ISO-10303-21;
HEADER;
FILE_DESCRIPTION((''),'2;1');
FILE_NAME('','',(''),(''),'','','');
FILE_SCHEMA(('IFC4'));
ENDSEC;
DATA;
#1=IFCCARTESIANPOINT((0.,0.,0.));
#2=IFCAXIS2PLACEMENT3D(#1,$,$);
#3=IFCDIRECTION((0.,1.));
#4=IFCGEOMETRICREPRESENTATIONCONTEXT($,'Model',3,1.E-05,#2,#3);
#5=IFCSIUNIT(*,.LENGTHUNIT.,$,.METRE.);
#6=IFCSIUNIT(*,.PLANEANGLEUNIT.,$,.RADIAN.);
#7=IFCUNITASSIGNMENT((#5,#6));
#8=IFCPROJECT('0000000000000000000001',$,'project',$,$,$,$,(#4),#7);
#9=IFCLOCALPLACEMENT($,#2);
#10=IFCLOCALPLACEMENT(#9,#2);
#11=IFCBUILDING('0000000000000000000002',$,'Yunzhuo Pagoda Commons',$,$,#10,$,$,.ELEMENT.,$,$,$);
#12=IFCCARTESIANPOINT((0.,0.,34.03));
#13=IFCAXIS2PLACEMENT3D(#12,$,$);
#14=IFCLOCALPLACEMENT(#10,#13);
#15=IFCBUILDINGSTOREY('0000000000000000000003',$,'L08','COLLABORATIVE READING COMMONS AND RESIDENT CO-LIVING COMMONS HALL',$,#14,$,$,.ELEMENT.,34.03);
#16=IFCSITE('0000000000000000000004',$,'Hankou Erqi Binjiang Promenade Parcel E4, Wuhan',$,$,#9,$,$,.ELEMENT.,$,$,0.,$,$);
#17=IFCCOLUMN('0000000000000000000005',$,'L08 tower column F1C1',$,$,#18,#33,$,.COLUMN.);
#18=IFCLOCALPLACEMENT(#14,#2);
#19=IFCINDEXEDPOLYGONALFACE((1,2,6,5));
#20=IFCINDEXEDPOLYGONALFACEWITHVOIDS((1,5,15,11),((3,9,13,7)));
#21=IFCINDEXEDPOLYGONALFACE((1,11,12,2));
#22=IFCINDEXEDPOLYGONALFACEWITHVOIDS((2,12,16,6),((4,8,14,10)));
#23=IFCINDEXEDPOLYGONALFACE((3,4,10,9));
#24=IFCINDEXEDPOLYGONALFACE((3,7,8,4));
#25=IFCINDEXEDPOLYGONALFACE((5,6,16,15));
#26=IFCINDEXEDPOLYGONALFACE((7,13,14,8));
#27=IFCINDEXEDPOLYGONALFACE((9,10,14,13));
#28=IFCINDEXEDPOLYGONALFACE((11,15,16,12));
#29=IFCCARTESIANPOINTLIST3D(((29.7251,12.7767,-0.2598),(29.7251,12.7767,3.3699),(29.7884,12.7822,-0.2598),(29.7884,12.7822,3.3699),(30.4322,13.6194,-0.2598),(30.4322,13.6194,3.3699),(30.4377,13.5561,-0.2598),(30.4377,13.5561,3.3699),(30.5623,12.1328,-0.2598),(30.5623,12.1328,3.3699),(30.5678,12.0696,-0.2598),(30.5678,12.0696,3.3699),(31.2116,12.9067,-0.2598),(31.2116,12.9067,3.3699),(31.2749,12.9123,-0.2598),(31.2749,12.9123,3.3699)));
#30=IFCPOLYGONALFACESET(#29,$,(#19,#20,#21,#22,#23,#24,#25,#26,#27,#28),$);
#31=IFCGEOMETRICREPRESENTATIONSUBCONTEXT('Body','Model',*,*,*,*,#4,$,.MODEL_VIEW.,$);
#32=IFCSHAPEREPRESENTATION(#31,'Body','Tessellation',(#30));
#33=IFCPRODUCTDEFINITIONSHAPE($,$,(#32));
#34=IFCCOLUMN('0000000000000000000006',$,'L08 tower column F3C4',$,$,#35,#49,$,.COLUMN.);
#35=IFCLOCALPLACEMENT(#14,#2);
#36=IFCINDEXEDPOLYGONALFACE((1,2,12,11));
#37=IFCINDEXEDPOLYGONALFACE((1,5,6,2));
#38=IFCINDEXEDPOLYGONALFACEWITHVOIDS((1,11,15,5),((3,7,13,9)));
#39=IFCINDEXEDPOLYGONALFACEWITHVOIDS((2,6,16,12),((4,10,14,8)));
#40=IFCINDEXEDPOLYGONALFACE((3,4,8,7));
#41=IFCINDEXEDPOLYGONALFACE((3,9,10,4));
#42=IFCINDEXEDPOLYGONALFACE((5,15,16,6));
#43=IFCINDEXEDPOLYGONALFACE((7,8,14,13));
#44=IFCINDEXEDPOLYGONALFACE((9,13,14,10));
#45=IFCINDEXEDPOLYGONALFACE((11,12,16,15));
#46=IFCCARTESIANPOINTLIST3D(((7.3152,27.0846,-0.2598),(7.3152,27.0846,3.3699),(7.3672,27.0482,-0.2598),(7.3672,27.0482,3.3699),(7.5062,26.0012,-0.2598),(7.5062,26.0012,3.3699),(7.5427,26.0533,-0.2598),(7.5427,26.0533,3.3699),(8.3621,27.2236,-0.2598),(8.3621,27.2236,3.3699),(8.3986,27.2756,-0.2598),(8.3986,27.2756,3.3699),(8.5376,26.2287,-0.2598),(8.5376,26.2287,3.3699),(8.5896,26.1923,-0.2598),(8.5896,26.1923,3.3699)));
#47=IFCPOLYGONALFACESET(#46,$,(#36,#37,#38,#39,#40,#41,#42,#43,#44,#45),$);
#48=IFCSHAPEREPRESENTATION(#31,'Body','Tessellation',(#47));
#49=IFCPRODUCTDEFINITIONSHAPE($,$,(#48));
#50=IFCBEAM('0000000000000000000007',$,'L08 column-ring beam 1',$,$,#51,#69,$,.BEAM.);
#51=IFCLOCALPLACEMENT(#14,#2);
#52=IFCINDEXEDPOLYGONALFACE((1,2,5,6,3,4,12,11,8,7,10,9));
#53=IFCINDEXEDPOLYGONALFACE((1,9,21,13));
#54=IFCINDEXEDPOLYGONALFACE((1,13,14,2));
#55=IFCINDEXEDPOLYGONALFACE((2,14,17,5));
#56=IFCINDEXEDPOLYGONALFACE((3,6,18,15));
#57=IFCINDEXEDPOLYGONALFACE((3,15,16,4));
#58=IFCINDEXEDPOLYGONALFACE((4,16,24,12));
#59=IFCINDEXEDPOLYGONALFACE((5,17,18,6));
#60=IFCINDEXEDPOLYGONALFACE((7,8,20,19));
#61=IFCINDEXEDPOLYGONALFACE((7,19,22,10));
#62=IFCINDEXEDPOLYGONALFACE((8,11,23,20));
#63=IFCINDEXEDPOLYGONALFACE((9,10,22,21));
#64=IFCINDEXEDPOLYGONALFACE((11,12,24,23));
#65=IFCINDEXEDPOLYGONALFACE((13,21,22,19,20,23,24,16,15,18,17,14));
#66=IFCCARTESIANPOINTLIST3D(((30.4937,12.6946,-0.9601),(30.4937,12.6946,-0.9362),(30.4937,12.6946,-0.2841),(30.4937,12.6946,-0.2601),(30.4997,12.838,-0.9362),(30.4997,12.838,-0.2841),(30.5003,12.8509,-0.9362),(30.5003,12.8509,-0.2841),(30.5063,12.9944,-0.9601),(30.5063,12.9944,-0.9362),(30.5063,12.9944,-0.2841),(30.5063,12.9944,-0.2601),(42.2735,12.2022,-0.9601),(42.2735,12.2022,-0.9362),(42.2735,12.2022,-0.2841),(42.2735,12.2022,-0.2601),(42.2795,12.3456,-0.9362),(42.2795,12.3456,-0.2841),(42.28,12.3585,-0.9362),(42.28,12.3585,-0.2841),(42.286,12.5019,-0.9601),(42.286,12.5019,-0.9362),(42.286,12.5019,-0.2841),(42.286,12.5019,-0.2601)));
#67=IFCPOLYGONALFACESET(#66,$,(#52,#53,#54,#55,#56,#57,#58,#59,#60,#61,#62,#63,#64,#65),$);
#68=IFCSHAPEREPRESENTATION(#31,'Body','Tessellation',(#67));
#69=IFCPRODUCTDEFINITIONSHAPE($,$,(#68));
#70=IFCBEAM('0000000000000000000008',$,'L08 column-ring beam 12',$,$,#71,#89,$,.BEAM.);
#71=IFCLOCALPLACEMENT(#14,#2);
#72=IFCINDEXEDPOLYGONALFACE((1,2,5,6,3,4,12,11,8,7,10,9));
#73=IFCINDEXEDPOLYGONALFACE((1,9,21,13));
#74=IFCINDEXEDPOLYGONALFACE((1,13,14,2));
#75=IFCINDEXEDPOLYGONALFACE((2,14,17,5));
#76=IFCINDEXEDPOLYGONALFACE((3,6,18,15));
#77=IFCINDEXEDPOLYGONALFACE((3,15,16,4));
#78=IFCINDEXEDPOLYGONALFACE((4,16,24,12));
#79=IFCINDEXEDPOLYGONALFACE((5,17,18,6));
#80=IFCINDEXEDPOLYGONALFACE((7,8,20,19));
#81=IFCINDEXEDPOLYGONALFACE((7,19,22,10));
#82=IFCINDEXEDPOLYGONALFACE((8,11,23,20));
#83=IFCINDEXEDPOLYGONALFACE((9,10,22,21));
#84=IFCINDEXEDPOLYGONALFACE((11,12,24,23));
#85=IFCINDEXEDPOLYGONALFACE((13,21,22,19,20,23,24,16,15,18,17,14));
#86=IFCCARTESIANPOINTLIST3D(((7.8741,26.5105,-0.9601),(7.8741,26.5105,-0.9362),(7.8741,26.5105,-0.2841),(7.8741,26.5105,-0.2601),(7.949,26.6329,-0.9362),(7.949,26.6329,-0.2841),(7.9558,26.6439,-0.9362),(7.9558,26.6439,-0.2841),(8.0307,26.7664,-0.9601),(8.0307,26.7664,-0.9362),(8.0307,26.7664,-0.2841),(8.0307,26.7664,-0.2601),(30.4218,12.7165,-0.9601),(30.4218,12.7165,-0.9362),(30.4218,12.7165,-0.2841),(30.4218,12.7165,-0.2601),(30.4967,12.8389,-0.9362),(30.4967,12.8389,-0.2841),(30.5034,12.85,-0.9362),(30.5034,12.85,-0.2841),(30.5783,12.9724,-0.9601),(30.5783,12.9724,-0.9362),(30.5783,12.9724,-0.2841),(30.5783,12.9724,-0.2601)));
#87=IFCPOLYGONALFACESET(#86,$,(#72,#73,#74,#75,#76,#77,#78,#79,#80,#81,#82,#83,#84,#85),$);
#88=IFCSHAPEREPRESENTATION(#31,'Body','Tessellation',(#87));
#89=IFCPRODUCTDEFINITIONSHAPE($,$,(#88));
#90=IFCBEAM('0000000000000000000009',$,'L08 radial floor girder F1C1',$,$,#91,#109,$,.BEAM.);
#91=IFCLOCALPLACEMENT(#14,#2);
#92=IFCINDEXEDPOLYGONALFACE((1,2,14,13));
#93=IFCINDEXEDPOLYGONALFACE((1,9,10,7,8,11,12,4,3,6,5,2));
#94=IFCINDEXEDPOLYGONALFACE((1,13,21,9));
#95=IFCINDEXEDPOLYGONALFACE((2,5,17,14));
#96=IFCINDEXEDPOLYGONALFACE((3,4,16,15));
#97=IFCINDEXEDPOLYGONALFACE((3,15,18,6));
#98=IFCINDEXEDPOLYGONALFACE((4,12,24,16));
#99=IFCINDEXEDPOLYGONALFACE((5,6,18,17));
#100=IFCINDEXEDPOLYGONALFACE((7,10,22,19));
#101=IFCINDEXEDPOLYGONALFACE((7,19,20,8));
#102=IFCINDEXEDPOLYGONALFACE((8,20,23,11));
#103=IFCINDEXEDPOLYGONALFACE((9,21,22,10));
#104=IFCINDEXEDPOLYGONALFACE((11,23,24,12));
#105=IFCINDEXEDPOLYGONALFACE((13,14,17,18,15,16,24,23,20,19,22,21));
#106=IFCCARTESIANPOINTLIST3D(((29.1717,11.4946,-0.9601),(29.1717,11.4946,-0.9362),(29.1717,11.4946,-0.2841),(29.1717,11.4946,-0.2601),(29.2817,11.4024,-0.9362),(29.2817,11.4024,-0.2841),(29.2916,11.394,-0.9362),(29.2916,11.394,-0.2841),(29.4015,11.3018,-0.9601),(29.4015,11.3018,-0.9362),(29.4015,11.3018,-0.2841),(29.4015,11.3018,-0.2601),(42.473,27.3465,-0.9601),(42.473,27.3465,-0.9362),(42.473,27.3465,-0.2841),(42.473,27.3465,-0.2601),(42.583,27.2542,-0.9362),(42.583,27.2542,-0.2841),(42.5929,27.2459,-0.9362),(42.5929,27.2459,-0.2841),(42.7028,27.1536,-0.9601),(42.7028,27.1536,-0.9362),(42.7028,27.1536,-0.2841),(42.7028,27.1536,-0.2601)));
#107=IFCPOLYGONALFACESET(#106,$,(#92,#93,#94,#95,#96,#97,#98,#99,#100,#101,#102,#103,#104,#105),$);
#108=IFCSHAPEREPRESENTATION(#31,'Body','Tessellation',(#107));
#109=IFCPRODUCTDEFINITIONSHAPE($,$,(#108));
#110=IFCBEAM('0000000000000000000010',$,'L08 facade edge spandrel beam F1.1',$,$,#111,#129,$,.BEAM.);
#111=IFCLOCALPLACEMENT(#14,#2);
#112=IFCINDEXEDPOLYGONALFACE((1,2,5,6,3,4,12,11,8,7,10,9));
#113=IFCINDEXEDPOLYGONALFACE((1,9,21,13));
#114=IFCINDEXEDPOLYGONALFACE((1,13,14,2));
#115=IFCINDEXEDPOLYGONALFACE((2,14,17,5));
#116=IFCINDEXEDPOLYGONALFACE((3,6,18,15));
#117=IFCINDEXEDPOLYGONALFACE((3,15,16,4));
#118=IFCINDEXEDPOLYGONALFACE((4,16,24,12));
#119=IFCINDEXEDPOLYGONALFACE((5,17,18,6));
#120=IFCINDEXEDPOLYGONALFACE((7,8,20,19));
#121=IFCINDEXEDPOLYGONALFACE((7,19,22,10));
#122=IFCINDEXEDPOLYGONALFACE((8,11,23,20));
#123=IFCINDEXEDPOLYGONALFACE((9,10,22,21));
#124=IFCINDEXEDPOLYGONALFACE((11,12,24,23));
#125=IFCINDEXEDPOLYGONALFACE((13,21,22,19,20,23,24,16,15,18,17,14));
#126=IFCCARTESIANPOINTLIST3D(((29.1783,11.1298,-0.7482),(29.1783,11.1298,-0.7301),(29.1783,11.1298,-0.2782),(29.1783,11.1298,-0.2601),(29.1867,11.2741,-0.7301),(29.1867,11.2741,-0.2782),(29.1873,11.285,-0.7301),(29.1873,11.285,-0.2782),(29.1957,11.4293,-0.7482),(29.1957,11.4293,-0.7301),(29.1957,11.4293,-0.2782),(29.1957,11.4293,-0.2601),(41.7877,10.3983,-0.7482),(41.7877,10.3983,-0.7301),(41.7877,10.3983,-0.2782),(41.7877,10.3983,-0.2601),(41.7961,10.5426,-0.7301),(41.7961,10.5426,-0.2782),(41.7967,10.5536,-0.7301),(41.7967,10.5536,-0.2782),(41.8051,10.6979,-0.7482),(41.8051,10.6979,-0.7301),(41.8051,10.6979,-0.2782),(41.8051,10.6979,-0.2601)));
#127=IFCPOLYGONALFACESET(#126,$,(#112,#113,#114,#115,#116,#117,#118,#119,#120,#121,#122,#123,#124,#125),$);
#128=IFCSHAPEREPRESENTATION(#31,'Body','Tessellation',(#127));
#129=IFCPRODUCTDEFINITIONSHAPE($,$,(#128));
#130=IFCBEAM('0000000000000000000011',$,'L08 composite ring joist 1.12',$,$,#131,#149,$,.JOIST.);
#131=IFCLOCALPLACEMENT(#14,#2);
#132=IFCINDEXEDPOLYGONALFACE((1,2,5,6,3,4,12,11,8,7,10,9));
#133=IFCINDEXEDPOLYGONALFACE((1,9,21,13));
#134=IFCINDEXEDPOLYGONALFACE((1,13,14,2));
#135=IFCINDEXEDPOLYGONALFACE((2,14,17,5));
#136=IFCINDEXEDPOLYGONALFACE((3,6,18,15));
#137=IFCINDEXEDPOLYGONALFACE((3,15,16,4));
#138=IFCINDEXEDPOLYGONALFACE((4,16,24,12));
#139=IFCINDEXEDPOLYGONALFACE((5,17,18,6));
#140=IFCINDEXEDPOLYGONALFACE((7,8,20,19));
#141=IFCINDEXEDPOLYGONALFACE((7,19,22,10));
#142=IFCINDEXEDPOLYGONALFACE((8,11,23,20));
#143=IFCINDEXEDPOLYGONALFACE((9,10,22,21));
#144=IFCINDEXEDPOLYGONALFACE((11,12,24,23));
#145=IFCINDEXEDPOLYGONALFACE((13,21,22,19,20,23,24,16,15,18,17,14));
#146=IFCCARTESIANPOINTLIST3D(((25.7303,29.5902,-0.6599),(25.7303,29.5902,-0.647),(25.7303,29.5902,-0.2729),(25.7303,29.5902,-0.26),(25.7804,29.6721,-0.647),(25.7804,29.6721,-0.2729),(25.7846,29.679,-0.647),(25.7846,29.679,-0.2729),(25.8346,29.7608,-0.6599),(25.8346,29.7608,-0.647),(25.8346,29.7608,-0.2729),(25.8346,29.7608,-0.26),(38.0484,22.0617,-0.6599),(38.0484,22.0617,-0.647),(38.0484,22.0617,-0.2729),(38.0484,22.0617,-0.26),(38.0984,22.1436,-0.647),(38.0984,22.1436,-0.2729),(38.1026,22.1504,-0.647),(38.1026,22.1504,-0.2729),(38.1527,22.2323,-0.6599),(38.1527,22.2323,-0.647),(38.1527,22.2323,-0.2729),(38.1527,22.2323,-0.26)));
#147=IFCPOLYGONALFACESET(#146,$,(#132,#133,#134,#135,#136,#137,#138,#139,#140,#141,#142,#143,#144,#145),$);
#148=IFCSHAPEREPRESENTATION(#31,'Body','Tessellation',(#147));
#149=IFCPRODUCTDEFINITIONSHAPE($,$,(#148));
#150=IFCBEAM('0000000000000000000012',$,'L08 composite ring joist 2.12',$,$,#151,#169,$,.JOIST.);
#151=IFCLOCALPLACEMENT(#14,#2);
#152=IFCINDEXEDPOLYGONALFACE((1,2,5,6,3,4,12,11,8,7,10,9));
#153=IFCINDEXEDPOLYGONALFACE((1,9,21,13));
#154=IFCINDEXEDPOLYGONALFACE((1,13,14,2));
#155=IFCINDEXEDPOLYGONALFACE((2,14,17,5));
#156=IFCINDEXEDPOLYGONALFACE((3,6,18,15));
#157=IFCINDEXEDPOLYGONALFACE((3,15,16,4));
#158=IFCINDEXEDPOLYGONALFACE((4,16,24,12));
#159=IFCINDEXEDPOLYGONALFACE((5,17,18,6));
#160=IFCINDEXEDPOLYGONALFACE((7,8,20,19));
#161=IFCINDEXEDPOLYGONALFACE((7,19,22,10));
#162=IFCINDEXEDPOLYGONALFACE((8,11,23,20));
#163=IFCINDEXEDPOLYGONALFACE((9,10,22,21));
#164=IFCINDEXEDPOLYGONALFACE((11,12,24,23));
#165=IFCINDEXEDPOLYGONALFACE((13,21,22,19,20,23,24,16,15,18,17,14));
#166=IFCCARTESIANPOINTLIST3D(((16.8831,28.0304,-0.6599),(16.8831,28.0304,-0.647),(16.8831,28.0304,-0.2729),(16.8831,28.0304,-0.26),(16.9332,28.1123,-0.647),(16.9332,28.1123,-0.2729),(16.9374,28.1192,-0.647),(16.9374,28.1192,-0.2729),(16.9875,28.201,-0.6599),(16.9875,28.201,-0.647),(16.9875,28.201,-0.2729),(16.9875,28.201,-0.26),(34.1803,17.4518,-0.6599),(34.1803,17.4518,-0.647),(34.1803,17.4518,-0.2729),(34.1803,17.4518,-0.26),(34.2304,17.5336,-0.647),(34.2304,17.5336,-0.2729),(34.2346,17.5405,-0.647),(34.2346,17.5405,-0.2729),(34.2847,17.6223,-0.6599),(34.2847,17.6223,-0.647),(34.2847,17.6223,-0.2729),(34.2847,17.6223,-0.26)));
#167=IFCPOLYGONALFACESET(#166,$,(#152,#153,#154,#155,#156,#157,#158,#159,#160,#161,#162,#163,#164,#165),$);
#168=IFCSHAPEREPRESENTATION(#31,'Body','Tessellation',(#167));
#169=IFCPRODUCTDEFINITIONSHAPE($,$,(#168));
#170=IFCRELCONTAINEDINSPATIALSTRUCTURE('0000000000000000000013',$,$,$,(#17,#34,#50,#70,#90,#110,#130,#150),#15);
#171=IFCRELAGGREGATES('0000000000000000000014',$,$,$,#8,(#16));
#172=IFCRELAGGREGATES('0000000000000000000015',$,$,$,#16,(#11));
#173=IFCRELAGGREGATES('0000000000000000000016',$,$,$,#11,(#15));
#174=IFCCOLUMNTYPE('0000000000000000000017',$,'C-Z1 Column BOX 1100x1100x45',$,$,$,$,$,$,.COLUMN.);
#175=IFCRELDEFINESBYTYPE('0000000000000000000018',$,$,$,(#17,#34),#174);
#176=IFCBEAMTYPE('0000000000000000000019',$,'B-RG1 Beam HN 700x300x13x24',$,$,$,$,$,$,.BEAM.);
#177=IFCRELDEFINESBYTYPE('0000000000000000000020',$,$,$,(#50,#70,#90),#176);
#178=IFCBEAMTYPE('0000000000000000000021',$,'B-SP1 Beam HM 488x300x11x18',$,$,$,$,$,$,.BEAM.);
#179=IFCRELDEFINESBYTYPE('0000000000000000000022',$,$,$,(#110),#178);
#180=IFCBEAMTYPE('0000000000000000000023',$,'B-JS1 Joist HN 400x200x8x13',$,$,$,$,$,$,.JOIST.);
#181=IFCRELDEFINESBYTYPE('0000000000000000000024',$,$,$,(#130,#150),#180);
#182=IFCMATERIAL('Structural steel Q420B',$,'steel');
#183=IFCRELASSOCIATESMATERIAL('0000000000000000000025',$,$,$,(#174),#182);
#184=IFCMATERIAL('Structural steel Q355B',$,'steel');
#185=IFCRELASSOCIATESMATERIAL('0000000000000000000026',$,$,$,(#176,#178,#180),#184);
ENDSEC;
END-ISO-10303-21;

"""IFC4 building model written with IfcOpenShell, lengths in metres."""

from ifc_helpers import new_model, si_unit, direction, frame, origin, origin_2d, place, context, subcontext, project, spatial, hollow_rectangle, i_section, extrude, source, transform, mapped, material, material_profile, profile_set, type_object, element, save


model = new_model("IFC4")

# Units and contexts
model_context = context("Model", 3, precision=1e-05, world=origin(), true_north=direction((0.0, 1.0)))
body_context = subcontext(model_context, "Body", "Model", "MODEL_VIEW")
ifc_project = project(units=[si_unit("LENGTHUNIT", "METRE"), si_unit("PLANEANGLEUNIT", "RADIAN")], contexts=[model_context])

# Site, building, storey
site_placement = place(None, origin())
site = spatial("IfcSite", under=ifc_project, at=site_placement, Name="Hankou Erqi Binjiang Promenade Parcel E4, Wuhan", CompositionType="ELEMENT", RefElevation=0.0)
building_placement = place(site_placement, origin())
building = spatial("IfcBuilding", under=site, at=building_placement, Name="Yunzhuo Pagoda Commons", CompositionType="ELEMENT")
storey_placement = place(building_placement, frame((0.0, 0.0, 34.03)))
storey = spatial("IfcBuildingStorey", under=building, at=storey_placement, Name="L08", Description="COLLABORATIVE READING COMMONS AND RESIDENT CO-LIVING COMMONS HALL", CompositionType="ELEMENT", Elevation=34.03)

# Columns
ifc_material_1 = material(Name="Structural steel Q420B", Category="steel")
ifc_material_profile_1 = material_profile(ifc_material_1, hollow_rectangle(XDim=1.1001, YDim=1.1001, WallThickness=0.0449, at=origin_2d()), Name="Structural steel Q420B")
ifc_profile_set_1 = profile_set([ifc_material_profile_1], Name="Structural steel Q420B")
column_type = type_object("IfcColumnType", Name="C-Z1 Column BOX 1100x1100x45", PredefinedType="COLUMN", material=ifc_profile_set_1)
shared_shape_1 = source(origin(), body_context, "Body", "SweptSolid", [
    extrude(hollow_rectangle(XDim=1.1001, YDim=1.1001, WallThickness=0.0449, at=origin_2d()), origin(), (0.0, 0.0, 1.0), 3.6296),
])
for number, where, z_axis, x_axis, name in (
    (1, (30.5, 12.8445, -0.2598), (0.0, 0.0, 1.0), (0.766044, -0.642788, 0.0), "L08 tower column F1C1"),
    (2, (7.9524, 26.6384, -0.2598), (0.0, 0.0, 1.0), (0.173648, -0.984808, 0.0), "L08 tower column F3C4"),
):
    element("IfcColumn", number, at=place(storey_placement, frame(where, z_axis=z_axis, x_axis=x_axis)), inside=storey, type_object=column_type, Name=name, PredefinedType="COLUMN", context=body_context, shape_type="MappedRepresentation", body=[
        mapped(shared_shape_1, transform((0.0, 0.0, 0.0), scale=1.0)),
    ])

# Beams
ifc_material_2 = material(Name="Structural steel Q355B", Category="steel")
ifc_material_profile_2 = material_profile(ifc_material_2, i_section(OverallWidth=0.3, OverallDepth=0.7, WebThickness=0.0129, FlangeThickness=0.0239, at=origin_2d()), Name="Structural steel Q355B")
ifc_profile_set_2 = profile_set([ifc_material_profile_2], Name="Structural steel Q355B")
beam_type_1 = type_object("IfcBeamType", Name="B-RG1 Beam HN 700x300x13x24", PredefinedType="BEAM", material=ifc_profile_set_2)
shared_shape_2 = source(origin(), body_context, "Body", "SweptSolid", [
    extrude(i_section(OverallWidth=0.3, OverallDepth=0.7, WebThickness=0.0129, FlangeThickness=0.0239, at=origin_2d()), origin(), (0.0, 0.0, 1.0), 11.79),
])
beam_1_placement = place(storey_placement, frame((30.5, 12.8445, -0.6101), z_axis=(0.999127, -0.041767, 0.0), x_axis=(0.041767, 0.999127, 0.0)))
element("IfcBeam", 3, at=beam_1_placement, inside=storey, type_object=beam_type_1, Name="L08 column-ring beam 1", PredefinedType="BEAM", context=body_context, shape_type="MappedRepresentation", body=[
    mapped(shared_shape_2, transform((0.0, 0.0, 0.0), scale=1.0)),
])
shared_shape_3 = source(origin(), body_context, "Body", "SweptSolid", [
    extrude(i_section(OverallWidth=0.3, OverallDepth=0.7, WebThickness=0.0129, FlangeThickness=0.0239, at=origin_2d()), origin(), (0.0, 0.0, 1.0), 26.4324),
])
beam_2_placement = place(storey_placement, frame((7.9524, 26.6384, -0.6101), z_axis=(0.853032, -0.521859, 0.0), x_axis=(0.521859, 0.853032, 0.0)))
element("IfcBeam", 4, at=beam_2_placement, inside=storey, type_object=beam_type_1, Name="L08 column-ring beam 12", PredefinedType="BEAM", context=body_context, shape_type="MappedRepresentation", body=[
    mapped(shared_shape_3, transform((0.0, 0.0, 0.0), scale=1.0)),
])
shared_shape_4 = source(origin(), body_context, "Body", "SweptSolid", [
    extrude(i_section(OverallWidth=0.3, OverallDepth=0.7, WebThickness=0.0129, FlangeThickness=0.0239, at=origin_2d()), origin(), (0.0, 0.0, 1.0), 20.6931),
])
beam_3_placement = place(storey_placement, frame((29.2866, 11.3982, -0.6101), z_axis=(0.642788, 0.766044, 0.0), x_axis=(-0.766044, 0.642788, 0.0)))
element("IfcBeam", 5, at=beam_3_placement, inside=storey, type_object=beam_type_1, Name="L08 radial floor girder F1C1", PredefinedType="BEAM", context=body_context, shape_type="MappedRepresentation", body=[
    mapped(shared_shape_4, transform((0.0, 0.0, 0.0), scale=1.0)),
])
ifc_material_profile_3 = material_profile(ifc_material_2, i_section(OverallWidth=0.3, OverallDepth=0.488, WebThickness=0.011, FlangeThickness=0.0181, at=origin_2d()), Name="Structural steel Q355B")
ifc_profile_set_3 = profile_set([ifc_material_profile_3], Name="Structural steel Q355B")
beam_type_2 = type_object("IfcBeamType", Name="B-SP1 Beam HM 488x300x11x18", PredefinedType="BEAM", material=ifc_profile_set_3)
shared_shape_5 = source(origin(), body_context, "Body", "SweptSolid", [
    extrude(i_section(OverallWidth=0.3, OverallDepth=0.488, WebThickness=0.011, FlangeThickness=0.0181, at=origin_2d()), origin(), (0.0, 0.0, 1.0), 12.6306),
])
beam_4_placement = place(storey_placement, frame((29.187, 11.2795, -0.5042), z_axis=(0.998322, -0.057911, 0.0), x_axis=(0.057911, 0.998322, 0.0)))
element("IfcBeam", 6, at=beam_4_placement, inside=storey, type_object=beam_type_2, Name="L08 facade edge spandrel beam F1.1", PredefinedType="BEAM", context=body_context, shape_type="MappedRepresentation", body=[
    mapped(shared_shape_5, transform((0.0, 0.0, 0.0), scale=1.0)),
])
ifc_material_profile_4 = material_profile(ifc_material_2, i_section(OverallWidth=0.2, OverallDepth=0.3999, WebThickness=0.0081, FlangeThickness=0.0129, at=origin_2d()), Name="Structural steel Q355B")
ifc_profile_set_4 = profile_set([ifc_material_profile_4], Name="Structural steel Q355B")
beam_type_3 = type_object("IfcBeamType", Name="B-JS1 Joist HN 400x200x8x13", PredefinedType="JOIST", material=ifc_profile_set_4)
shared_shape_6 = source(origin(), body_context, "Body", "SweptSolid", [
    extrude(i_section(OverallWidth=0.2, OverallDepth=0.3999, WebThickness=0.0081, FlangeThickness=0.0129, at=origin_2d()), origin(), (0.0, 0.0, 1.0), 14.4365),
])
beam_5_placement = place(storey_placement, frame((25.7825, 29.6755, -0.46), z_axis=(0.853256, -0.521492, 0.0), x_axis=(0.521492, 0.853256, 0.0)))
element("IfcBeam", 7, at=beam_5_placement, inside=storey, type_object=beam_type_3, Name="L08 composite ring joist 1.12", PredefinedType="JOIST", context=body_context, shape_type="MappedRepresentation", body=[
    mapped(shared_shape_6, transform((0.0, 0.0, 0.0), scale=1.0)),
])
shared_shape_7 = source(origin(), body_context, "Body", "SweptSolid", [
    extrude(i_section(OverallWidth=0.2, OverallDepth=0.3999, WebThickness=0.0081, FlangeThickness=0.0129, at=origin_2d()), origin(), (0.0, 0.0, 1.0), 20.2756),
])
beam_6_placement = place(storey_placement, frame((16.9353, 28.1157, -0.46), z_axis=(0.853103, -0.521743, 0.0), x_axis=(0.521743, 0.853103, 0.0)))
element("IfcBeam", 8, at=beam_6_placement, inside=storey, type_object=beam_type_3, Name="L08 composite ring joist 2.12", PredefinedType="JOIST", context=body_context, shape_type="MappedRepresentation", body=[
    mapped(shared_shape_7, transform((0.0, 0.0, 0.0), scale=1.0)),
])

save(model, "model.ifc")
